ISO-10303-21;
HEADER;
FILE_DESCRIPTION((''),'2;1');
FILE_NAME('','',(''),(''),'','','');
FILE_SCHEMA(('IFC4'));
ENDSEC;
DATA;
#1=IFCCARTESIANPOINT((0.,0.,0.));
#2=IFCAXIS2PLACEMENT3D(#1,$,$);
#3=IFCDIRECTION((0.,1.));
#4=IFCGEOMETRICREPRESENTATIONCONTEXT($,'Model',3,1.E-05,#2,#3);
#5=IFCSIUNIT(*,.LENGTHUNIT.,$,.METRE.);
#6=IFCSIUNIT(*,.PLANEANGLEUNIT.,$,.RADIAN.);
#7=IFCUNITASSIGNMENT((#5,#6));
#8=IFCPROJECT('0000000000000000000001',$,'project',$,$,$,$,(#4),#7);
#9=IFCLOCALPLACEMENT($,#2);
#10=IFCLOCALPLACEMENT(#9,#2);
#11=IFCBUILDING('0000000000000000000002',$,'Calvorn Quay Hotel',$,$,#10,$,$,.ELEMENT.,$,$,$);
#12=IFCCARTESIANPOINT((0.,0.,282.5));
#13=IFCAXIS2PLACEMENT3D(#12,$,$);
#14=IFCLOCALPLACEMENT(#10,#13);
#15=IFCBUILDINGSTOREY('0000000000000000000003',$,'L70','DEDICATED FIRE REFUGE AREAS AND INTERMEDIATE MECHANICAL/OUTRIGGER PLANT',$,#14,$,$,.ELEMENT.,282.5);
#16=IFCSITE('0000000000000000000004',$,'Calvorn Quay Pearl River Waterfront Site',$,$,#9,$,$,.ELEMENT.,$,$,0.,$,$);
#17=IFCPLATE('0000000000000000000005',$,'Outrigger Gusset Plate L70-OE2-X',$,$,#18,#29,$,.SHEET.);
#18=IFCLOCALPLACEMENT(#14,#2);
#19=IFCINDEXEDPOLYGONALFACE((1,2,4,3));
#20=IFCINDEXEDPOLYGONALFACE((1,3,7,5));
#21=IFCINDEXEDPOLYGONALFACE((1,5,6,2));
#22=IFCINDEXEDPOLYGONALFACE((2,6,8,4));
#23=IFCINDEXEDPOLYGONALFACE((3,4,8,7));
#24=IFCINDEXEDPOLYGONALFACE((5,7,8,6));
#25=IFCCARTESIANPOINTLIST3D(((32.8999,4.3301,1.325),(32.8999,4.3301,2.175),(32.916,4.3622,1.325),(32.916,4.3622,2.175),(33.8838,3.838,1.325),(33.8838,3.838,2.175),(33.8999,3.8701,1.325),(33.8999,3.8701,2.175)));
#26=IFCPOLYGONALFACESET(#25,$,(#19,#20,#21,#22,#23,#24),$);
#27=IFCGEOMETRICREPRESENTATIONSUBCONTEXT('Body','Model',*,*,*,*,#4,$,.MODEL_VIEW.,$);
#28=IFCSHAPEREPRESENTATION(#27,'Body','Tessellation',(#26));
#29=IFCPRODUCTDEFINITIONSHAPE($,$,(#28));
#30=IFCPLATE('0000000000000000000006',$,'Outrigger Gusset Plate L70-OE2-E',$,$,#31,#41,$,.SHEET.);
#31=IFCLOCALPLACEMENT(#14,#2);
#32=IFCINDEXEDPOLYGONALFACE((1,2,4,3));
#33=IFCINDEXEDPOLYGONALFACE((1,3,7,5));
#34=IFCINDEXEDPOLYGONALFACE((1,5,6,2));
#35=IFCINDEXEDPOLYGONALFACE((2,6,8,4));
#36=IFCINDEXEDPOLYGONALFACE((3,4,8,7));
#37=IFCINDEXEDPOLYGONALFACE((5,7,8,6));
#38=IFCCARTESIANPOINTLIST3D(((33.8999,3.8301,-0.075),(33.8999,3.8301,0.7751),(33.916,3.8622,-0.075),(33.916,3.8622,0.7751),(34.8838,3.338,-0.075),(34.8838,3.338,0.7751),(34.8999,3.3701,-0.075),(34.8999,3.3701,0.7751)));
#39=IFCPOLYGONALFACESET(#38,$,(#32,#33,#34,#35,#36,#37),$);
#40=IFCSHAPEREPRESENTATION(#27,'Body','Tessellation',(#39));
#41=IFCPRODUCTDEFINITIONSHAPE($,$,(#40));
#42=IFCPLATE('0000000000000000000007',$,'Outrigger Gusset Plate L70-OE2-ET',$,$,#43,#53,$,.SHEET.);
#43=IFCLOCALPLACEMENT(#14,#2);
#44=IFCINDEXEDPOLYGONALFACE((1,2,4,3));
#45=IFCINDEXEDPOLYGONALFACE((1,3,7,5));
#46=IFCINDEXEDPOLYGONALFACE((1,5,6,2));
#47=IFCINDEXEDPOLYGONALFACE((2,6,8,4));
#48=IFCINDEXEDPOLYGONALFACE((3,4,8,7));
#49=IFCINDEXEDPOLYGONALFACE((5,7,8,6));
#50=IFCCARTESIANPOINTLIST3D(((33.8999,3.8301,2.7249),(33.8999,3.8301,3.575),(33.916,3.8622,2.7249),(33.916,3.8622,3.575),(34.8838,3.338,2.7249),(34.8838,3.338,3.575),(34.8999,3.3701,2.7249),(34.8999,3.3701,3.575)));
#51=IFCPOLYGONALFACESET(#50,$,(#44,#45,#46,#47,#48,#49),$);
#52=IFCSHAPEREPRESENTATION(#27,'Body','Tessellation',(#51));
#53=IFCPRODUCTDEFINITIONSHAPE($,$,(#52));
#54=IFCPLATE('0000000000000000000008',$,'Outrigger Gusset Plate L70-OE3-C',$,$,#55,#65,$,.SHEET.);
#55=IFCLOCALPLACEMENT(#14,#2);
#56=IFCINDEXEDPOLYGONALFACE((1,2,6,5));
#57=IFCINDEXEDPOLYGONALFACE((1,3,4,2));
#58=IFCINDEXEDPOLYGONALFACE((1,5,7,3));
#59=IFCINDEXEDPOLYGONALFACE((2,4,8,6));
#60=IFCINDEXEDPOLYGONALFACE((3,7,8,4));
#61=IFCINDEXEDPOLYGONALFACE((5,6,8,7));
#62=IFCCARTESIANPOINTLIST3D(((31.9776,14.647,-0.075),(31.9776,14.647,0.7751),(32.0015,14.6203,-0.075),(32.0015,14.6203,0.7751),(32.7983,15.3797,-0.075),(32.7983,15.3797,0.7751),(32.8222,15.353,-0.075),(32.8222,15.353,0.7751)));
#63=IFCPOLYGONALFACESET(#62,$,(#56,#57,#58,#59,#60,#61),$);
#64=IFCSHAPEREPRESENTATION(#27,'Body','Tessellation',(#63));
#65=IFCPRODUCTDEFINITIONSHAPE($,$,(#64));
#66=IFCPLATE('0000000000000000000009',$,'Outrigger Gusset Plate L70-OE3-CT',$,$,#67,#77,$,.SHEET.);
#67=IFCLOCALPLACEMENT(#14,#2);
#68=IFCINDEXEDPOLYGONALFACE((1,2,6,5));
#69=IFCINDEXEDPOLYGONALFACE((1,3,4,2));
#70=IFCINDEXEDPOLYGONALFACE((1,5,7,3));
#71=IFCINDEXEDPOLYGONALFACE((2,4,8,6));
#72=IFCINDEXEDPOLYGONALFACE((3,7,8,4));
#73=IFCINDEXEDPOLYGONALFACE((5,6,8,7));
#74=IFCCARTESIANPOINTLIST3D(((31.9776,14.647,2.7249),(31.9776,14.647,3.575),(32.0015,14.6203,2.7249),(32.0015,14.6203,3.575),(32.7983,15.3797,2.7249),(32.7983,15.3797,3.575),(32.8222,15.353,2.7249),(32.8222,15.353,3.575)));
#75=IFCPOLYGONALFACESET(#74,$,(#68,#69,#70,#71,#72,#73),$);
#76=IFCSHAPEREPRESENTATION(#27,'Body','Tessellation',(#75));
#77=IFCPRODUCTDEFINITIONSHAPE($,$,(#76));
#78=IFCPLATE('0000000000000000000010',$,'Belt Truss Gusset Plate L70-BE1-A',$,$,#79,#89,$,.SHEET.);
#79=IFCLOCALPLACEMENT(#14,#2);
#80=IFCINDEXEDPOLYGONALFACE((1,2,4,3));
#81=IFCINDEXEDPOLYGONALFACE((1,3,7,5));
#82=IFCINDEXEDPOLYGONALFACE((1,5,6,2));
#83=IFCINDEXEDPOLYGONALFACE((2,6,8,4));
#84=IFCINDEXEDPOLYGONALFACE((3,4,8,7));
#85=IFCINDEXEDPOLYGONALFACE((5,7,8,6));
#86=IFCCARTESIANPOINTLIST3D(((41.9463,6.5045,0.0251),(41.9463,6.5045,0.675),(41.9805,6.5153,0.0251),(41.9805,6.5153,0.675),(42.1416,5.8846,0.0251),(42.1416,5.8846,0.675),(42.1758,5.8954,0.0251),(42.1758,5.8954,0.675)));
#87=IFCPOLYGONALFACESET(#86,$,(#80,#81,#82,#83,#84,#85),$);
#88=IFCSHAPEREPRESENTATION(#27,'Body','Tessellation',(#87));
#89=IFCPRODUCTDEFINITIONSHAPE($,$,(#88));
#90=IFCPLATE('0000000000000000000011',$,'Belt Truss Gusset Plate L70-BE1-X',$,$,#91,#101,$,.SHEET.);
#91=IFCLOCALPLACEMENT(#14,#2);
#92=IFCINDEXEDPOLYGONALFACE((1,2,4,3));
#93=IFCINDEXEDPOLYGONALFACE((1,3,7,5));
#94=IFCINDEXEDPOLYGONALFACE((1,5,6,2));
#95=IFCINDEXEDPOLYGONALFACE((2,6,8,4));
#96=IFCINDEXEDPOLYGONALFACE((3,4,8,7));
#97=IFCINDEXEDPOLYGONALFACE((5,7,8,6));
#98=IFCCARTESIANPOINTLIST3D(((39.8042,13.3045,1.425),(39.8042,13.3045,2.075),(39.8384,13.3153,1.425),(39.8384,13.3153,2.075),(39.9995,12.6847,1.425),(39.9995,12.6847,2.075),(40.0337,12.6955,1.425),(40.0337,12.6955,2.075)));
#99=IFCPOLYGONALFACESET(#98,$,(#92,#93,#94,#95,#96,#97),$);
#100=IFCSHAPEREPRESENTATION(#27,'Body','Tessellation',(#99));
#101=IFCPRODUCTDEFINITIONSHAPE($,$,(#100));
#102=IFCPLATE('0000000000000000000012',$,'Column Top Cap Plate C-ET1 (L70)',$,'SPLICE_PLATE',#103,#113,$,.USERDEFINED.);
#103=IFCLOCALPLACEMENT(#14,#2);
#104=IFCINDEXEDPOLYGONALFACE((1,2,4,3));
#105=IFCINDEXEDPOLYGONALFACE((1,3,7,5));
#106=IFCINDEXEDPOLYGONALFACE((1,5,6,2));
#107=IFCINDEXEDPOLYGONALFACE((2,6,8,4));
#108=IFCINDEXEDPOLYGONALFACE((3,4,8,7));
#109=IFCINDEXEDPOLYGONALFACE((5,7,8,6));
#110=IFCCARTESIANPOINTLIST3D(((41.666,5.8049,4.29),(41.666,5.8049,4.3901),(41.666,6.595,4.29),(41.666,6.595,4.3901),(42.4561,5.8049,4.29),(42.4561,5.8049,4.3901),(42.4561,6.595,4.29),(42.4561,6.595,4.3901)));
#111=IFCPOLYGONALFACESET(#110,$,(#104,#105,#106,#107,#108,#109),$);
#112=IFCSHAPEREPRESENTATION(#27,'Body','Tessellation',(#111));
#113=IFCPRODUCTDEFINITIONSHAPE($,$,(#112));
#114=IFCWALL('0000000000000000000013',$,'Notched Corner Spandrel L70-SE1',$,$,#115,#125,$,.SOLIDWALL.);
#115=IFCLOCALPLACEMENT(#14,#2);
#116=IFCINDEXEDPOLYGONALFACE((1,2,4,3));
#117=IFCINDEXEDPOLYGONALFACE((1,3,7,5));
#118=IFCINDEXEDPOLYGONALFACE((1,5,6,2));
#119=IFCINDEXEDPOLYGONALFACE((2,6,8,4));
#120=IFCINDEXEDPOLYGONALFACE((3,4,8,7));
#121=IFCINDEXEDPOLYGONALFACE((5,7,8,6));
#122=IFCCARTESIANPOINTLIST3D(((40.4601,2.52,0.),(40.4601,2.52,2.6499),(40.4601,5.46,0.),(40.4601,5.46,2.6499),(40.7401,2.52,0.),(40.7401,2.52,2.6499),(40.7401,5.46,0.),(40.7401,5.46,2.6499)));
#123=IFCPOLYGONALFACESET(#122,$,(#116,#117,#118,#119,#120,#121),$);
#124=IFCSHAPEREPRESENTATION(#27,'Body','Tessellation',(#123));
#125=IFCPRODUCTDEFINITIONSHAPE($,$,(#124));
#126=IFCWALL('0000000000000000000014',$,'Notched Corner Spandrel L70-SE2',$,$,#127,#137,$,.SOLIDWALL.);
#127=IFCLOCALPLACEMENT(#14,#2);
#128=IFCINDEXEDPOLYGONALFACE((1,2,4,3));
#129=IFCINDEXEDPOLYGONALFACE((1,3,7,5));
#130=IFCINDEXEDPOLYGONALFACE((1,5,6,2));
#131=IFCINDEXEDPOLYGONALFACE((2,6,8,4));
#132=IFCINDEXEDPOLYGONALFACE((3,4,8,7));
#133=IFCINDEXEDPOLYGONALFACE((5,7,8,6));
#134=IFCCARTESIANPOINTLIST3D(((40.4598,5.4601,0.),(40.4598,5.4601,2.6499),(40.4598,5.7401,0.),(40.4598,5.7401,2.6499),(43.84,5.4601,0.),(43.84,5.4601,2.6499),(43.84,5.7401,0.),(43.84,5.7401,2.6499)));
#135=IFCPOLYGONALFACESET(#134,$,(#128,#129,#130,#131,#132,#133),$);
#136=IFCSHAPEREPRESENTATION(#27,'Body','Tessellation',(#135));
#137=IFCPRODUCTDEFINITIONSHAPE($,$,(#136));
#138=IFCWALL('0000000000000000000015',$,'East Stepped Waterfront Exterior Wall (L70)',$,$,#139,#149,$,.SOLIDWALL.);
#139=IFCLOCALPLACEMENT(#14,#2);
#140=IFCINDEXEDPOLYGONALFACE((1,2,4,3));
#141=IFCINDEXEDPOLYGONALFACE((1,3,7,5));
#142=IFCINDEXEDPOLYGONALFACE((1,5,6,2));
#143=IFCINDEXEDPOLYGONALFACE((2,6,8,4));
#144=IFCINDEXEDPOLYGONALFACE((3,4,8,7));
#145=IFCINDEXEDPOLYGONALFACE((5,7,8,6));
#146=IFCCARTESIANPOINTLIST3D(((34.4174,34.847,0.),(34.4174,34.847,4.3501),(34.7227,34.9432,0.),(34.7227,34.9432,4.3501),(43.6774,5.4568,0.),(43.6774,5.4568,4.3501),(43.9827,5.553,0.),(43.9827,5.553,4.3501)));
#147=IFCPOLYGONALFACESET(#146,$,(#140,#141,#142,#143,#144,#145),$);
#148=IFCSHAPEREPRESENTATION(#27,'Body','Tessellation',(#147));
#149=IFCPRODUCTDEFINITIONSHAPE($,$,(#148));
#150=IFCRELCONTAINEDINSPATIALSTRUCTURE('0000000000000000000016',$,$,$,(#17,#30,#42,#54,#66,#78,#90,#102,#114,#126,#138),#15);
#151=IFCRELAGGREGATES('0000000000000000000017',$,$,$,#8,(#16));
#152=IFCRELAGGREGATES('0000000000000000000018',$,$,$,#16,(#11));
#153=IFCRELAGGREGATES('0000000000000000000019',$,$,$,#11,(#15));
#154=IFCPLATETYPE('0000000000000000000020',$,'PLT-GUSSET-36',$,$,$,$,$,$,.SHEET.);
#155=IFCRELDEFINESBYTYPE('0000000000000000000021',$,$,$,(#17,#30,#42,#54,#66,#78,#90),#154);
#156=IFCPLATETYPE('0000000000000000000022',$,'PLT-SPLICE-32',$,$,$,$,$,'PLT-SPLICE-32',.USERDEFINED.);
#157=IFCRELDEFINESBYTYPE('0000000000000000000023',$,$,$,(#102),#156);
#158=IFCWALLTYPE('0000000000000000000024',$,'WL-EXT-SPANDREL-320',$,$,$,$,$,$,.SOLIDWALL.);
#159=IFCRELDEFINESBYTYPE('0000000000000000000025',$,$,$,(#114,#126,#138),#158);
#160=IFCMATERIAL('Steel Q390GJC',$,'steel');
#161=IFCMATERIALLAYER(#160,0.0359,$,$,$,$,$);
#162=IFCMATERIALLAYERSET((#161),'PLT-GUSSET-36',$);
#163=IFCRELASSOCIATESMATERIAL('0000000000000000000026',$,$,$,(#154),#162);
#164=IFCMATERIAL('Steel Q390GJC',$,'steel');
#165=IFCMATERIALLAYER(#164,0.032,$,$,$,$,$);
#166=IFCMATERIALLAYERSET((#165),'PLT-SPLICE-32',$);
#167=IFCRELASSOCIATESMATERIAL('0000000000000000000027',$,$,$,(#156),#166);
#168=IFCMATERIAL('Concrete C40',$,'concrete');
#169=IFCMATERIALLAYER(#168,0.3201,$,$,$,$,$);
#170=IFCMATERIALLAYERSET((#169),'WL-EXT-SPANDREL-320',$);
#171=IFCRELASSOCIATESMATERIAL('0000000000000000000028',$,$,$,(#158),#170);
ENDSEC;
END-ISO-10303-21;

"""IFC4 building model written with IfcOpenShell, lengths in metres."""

from ifc_helpers import new_model, si_unit, direction, frame, frame_2d, origin, origin_2d, place, context, subcontext, project, spatial, rectangle, extrude, material, layer, layer_set, type_object, element, save


model = new_model("IFC4")

# Units and contexts
model_context = context("Model", 3, precision=1e-05, world=origin(), true_north=direction((0.0, 1.0)))
body_context = subcontext(model_context, "Body", "Model", "MODEL_VIEW")
ifc_project = project(units=[si_unit("LENGTHUNIT", "METRE"), si_unit("PLANEANGLEUNIT", "RADIAN")], contexts=[model_context])

# Site, building, storey
site_placement = place(None, origin())
site = spatial("IfcSite", under=ifc_project, at=site_placement, Name="Calvorn Quay Pearl River Waterfront Site", CompositionType="ELEMENT", RefElevation=0.0)
building_placement = place(site_placement, origin())
building = spatial("IfcBuilding", under=site, at=building_placement, Name="Calvorn Quay Hotel", CompositionType="ELEMENT")
storey_placement = place(building_placement, frame((0.0, 0.0, 282.5)))
storey = spatial("IfcBuildingStorey", under=building, at=storey_placement, Name="L70", Description="DEDICATED FIRE REFUGE AREAS AND INTERMEDIATE MECHANICAL/OUTRIGGER PLANT", CompositionType="ELEMENT", Elevation=282.5)

# Plates
ifc_material_1 = material(Name="Steel Q390GJC", Category="steel")
ifc_layer_1 = layer(ifc_material_1, 0.0359)
ifc_layer_set_1 = layer_set([ifc_layer_1], Name="PLT-GUSSET-36")
plate_type_1 = type_object("IfcPlateType", Name="PLT-GUSSET-36", PredefinedType="SHEET", material=ifc_layer_set_1)
for number, where, z_axis, x_axis, name in (
    (1, (33.3999, 4.1001, 1.325), (0.0, 0.0, 1.0), (0.894389, -0.447291, 0.0), "Outrigger Gusset Plate L70-OE2-X"),
    (2, (34.3999, 3.6001, -0.075), (0.0, 0.0, 1.0), (0.894389, -0.447291, 0.0), "Outrigger Gusset Plate L70-OE2-E"),
    (3, (34.3999, 3.6001, 2.7249), (0.0, 0.0, 1.0), (0.894389, -0.447291, 0.0), "Outrigger Gusset Plate L70-OE2-ET"),
    (4, (32.3999, 15.0, -0.075), (0.0, 0.0, 1.0), (0.745941, 0.666012, 0.0), "Outrigger Gusset Plate L70-OE3-C"),
    (5, (32.3999, 15.0, 2.7249), (0.0, 0.0, 1.0), (0.745941, 0.666012, 0.0), "Outrigger Gusset Plate L70-OE3-CT"),
):
    element("IfcPlate", number, at=place(storey_placement, frame(where, z_axis=z_axis, x_axis=x_axis)), inside=storey, type_object=plate_type_1, Name=name, PredefinedType="SHEET", context=body_context, shape_type="SweptSolid", body=[
        extrude(rectangle(XDim=1.1001, YDim=0.0359, at=origin_2d()), origin(), (0.0, 0.0, 1.0), 0.8501),
    ])
for number, where, z_axis, x_axis, name in (
    (6, (42.061, 6.2, 0.0251), (0.0, 0.0, 1.0), (-0.300539, 0.953769, 0.0), "Belt Truss Gusset Plate L70-BE1-A"),
    (7, (39.9189, 13.0, 1.425), (0.0, 0.0, 1.0), (-0.300539, 0.953769, 0.0), "Belt Truss Gusset Plate L70-BE1-X"),
):
    element("IfcPlate", number, at=place(storey_placement, frame(where, z_axis=z_axis, x_axis=x_axis)), inside=storey, type_object=plate_type_1, Name=name, PredefinedType="SHEET", context=body_context, shape_type="SweptSolid", body=[
        extrude(rectangle(XDim=0.6499, YDim=0.0359, at=origin_2d()), origin(), (0.0, 0.0, 1.0), 0.6499),
    ])
ifc_material_2 = material(Name="Steel Q390GJC", Category="steel")
ifc_layer_2 = layer(ifc_material_2, 0.032)
ifc_layer_set_2 = layer_set([ifc_layer_2], Name="PLT-SPLICE-32")
plate_type_2 = type_object("IfcPlateType", Name="PLT-SPLICE-32", ElementType="PLT-SPLICE-32", PredefinedType="USERDEFINED", material=ifc_layer_set_2)
plate_placement = place(storey_placement, frame((42.061, 6.2, 4.29), z_axis=(0.0, 0.0, 1.0), x_axis=(1.0, 0.0, 0.0)))
element("IfcPlate", 8, at=plate_placement, inside=storey, type_object=plate_type_2, Name="Column Top Cap Plate C-ET1 (L70)", ObjectType="SPLICE_PLATE", PredefinedType="USERDEFINED", context=body_context, shape_type="SweptSolid", body=[
    extrude(rectangle(XDim=0.79, YDim=0.79, at=origin_2d()), origin(), (0.0, 0.0, 1.0), 0.1001),
])

# Walls
ifc_material_3 = material(Name="Concrete C40", Category="concrete")
ifc_layer_3 = layer(ifc_material_3, 0.3201)
ifc_layer_set_3 = layer_set([ifc_layer_3], Name="WL-EXT-SPANDREL-320")
wall_type = type_object("IfcWallType", Name="WL-EXT-SPANDREL-320", PredefinedType="SOLIDWALL", material=ifc_layer_set_3)
wall_1_placement = place(storey_placement, frame((40.6001, 2.52, 0.0), z_axis=(0.0, 0.0, 1.0), x_axis=(0.0, 1.0, 0.0)))
element("IfcWall", 9, at=wall_1_placement, inside=storey, type_object=wall_type, Name="Notched Corner Spandrel L70-SE1", PredefinedType="SOLIDWALL", context=body_context, shape_type="SweptSolid", body=[
    extrude(rectangle(XDim=2.9399, YDim=0.28, at=frame_2d((1.47, 0.0))), origin(), (0.0, 0.0, 1.0), 2.6499),
])
wall_2_placement = place(storey_placement, frame((40.46, 5.6001, 0.0), z_axis=(0.0, 0.0, 1.0), x_axis=(1.0, 0.0, 0.0)))
element("IfcWall", 10, at=wall_2_placement, inside=storey, type_object=wall_type, Name="Notched Corner Spandrel L70-SE2", PredefinedType="SOLIDWALL", context=body_context, shape_type="SweptSolid", body=[
    extrude(rectangle(XDim=3.3801, YDim=0.28, at=frame_2d((1.6899, 0.0))), origin(), (0.0, 0.0, 1.0), 2.6499),
])
wall_3_placement = place(storey_placement, frame((43.8301, 5.5049, 0.0), z_axis=(0.0, 0.0, 1.0), x_axis=(-0.300509, 0.953779, 0.0)))
element("IfcWall", 11, at=wall_3_placement, inside=storey, type_object=wall_type, Name="East Stepped Waterfront Exterior Wall (L70)", PredefinedType="SOLIDWALL", context=body_context, shape_type="SweptSolid", body=[
    extrude(rectangle(XDim=30.8145, YDim=0.3201, at=frame_2d((15.4072, 0.0))), origin(), (0.0, 0.0, 1.0), 4.3501),
])

save(model, "model.ifc")
